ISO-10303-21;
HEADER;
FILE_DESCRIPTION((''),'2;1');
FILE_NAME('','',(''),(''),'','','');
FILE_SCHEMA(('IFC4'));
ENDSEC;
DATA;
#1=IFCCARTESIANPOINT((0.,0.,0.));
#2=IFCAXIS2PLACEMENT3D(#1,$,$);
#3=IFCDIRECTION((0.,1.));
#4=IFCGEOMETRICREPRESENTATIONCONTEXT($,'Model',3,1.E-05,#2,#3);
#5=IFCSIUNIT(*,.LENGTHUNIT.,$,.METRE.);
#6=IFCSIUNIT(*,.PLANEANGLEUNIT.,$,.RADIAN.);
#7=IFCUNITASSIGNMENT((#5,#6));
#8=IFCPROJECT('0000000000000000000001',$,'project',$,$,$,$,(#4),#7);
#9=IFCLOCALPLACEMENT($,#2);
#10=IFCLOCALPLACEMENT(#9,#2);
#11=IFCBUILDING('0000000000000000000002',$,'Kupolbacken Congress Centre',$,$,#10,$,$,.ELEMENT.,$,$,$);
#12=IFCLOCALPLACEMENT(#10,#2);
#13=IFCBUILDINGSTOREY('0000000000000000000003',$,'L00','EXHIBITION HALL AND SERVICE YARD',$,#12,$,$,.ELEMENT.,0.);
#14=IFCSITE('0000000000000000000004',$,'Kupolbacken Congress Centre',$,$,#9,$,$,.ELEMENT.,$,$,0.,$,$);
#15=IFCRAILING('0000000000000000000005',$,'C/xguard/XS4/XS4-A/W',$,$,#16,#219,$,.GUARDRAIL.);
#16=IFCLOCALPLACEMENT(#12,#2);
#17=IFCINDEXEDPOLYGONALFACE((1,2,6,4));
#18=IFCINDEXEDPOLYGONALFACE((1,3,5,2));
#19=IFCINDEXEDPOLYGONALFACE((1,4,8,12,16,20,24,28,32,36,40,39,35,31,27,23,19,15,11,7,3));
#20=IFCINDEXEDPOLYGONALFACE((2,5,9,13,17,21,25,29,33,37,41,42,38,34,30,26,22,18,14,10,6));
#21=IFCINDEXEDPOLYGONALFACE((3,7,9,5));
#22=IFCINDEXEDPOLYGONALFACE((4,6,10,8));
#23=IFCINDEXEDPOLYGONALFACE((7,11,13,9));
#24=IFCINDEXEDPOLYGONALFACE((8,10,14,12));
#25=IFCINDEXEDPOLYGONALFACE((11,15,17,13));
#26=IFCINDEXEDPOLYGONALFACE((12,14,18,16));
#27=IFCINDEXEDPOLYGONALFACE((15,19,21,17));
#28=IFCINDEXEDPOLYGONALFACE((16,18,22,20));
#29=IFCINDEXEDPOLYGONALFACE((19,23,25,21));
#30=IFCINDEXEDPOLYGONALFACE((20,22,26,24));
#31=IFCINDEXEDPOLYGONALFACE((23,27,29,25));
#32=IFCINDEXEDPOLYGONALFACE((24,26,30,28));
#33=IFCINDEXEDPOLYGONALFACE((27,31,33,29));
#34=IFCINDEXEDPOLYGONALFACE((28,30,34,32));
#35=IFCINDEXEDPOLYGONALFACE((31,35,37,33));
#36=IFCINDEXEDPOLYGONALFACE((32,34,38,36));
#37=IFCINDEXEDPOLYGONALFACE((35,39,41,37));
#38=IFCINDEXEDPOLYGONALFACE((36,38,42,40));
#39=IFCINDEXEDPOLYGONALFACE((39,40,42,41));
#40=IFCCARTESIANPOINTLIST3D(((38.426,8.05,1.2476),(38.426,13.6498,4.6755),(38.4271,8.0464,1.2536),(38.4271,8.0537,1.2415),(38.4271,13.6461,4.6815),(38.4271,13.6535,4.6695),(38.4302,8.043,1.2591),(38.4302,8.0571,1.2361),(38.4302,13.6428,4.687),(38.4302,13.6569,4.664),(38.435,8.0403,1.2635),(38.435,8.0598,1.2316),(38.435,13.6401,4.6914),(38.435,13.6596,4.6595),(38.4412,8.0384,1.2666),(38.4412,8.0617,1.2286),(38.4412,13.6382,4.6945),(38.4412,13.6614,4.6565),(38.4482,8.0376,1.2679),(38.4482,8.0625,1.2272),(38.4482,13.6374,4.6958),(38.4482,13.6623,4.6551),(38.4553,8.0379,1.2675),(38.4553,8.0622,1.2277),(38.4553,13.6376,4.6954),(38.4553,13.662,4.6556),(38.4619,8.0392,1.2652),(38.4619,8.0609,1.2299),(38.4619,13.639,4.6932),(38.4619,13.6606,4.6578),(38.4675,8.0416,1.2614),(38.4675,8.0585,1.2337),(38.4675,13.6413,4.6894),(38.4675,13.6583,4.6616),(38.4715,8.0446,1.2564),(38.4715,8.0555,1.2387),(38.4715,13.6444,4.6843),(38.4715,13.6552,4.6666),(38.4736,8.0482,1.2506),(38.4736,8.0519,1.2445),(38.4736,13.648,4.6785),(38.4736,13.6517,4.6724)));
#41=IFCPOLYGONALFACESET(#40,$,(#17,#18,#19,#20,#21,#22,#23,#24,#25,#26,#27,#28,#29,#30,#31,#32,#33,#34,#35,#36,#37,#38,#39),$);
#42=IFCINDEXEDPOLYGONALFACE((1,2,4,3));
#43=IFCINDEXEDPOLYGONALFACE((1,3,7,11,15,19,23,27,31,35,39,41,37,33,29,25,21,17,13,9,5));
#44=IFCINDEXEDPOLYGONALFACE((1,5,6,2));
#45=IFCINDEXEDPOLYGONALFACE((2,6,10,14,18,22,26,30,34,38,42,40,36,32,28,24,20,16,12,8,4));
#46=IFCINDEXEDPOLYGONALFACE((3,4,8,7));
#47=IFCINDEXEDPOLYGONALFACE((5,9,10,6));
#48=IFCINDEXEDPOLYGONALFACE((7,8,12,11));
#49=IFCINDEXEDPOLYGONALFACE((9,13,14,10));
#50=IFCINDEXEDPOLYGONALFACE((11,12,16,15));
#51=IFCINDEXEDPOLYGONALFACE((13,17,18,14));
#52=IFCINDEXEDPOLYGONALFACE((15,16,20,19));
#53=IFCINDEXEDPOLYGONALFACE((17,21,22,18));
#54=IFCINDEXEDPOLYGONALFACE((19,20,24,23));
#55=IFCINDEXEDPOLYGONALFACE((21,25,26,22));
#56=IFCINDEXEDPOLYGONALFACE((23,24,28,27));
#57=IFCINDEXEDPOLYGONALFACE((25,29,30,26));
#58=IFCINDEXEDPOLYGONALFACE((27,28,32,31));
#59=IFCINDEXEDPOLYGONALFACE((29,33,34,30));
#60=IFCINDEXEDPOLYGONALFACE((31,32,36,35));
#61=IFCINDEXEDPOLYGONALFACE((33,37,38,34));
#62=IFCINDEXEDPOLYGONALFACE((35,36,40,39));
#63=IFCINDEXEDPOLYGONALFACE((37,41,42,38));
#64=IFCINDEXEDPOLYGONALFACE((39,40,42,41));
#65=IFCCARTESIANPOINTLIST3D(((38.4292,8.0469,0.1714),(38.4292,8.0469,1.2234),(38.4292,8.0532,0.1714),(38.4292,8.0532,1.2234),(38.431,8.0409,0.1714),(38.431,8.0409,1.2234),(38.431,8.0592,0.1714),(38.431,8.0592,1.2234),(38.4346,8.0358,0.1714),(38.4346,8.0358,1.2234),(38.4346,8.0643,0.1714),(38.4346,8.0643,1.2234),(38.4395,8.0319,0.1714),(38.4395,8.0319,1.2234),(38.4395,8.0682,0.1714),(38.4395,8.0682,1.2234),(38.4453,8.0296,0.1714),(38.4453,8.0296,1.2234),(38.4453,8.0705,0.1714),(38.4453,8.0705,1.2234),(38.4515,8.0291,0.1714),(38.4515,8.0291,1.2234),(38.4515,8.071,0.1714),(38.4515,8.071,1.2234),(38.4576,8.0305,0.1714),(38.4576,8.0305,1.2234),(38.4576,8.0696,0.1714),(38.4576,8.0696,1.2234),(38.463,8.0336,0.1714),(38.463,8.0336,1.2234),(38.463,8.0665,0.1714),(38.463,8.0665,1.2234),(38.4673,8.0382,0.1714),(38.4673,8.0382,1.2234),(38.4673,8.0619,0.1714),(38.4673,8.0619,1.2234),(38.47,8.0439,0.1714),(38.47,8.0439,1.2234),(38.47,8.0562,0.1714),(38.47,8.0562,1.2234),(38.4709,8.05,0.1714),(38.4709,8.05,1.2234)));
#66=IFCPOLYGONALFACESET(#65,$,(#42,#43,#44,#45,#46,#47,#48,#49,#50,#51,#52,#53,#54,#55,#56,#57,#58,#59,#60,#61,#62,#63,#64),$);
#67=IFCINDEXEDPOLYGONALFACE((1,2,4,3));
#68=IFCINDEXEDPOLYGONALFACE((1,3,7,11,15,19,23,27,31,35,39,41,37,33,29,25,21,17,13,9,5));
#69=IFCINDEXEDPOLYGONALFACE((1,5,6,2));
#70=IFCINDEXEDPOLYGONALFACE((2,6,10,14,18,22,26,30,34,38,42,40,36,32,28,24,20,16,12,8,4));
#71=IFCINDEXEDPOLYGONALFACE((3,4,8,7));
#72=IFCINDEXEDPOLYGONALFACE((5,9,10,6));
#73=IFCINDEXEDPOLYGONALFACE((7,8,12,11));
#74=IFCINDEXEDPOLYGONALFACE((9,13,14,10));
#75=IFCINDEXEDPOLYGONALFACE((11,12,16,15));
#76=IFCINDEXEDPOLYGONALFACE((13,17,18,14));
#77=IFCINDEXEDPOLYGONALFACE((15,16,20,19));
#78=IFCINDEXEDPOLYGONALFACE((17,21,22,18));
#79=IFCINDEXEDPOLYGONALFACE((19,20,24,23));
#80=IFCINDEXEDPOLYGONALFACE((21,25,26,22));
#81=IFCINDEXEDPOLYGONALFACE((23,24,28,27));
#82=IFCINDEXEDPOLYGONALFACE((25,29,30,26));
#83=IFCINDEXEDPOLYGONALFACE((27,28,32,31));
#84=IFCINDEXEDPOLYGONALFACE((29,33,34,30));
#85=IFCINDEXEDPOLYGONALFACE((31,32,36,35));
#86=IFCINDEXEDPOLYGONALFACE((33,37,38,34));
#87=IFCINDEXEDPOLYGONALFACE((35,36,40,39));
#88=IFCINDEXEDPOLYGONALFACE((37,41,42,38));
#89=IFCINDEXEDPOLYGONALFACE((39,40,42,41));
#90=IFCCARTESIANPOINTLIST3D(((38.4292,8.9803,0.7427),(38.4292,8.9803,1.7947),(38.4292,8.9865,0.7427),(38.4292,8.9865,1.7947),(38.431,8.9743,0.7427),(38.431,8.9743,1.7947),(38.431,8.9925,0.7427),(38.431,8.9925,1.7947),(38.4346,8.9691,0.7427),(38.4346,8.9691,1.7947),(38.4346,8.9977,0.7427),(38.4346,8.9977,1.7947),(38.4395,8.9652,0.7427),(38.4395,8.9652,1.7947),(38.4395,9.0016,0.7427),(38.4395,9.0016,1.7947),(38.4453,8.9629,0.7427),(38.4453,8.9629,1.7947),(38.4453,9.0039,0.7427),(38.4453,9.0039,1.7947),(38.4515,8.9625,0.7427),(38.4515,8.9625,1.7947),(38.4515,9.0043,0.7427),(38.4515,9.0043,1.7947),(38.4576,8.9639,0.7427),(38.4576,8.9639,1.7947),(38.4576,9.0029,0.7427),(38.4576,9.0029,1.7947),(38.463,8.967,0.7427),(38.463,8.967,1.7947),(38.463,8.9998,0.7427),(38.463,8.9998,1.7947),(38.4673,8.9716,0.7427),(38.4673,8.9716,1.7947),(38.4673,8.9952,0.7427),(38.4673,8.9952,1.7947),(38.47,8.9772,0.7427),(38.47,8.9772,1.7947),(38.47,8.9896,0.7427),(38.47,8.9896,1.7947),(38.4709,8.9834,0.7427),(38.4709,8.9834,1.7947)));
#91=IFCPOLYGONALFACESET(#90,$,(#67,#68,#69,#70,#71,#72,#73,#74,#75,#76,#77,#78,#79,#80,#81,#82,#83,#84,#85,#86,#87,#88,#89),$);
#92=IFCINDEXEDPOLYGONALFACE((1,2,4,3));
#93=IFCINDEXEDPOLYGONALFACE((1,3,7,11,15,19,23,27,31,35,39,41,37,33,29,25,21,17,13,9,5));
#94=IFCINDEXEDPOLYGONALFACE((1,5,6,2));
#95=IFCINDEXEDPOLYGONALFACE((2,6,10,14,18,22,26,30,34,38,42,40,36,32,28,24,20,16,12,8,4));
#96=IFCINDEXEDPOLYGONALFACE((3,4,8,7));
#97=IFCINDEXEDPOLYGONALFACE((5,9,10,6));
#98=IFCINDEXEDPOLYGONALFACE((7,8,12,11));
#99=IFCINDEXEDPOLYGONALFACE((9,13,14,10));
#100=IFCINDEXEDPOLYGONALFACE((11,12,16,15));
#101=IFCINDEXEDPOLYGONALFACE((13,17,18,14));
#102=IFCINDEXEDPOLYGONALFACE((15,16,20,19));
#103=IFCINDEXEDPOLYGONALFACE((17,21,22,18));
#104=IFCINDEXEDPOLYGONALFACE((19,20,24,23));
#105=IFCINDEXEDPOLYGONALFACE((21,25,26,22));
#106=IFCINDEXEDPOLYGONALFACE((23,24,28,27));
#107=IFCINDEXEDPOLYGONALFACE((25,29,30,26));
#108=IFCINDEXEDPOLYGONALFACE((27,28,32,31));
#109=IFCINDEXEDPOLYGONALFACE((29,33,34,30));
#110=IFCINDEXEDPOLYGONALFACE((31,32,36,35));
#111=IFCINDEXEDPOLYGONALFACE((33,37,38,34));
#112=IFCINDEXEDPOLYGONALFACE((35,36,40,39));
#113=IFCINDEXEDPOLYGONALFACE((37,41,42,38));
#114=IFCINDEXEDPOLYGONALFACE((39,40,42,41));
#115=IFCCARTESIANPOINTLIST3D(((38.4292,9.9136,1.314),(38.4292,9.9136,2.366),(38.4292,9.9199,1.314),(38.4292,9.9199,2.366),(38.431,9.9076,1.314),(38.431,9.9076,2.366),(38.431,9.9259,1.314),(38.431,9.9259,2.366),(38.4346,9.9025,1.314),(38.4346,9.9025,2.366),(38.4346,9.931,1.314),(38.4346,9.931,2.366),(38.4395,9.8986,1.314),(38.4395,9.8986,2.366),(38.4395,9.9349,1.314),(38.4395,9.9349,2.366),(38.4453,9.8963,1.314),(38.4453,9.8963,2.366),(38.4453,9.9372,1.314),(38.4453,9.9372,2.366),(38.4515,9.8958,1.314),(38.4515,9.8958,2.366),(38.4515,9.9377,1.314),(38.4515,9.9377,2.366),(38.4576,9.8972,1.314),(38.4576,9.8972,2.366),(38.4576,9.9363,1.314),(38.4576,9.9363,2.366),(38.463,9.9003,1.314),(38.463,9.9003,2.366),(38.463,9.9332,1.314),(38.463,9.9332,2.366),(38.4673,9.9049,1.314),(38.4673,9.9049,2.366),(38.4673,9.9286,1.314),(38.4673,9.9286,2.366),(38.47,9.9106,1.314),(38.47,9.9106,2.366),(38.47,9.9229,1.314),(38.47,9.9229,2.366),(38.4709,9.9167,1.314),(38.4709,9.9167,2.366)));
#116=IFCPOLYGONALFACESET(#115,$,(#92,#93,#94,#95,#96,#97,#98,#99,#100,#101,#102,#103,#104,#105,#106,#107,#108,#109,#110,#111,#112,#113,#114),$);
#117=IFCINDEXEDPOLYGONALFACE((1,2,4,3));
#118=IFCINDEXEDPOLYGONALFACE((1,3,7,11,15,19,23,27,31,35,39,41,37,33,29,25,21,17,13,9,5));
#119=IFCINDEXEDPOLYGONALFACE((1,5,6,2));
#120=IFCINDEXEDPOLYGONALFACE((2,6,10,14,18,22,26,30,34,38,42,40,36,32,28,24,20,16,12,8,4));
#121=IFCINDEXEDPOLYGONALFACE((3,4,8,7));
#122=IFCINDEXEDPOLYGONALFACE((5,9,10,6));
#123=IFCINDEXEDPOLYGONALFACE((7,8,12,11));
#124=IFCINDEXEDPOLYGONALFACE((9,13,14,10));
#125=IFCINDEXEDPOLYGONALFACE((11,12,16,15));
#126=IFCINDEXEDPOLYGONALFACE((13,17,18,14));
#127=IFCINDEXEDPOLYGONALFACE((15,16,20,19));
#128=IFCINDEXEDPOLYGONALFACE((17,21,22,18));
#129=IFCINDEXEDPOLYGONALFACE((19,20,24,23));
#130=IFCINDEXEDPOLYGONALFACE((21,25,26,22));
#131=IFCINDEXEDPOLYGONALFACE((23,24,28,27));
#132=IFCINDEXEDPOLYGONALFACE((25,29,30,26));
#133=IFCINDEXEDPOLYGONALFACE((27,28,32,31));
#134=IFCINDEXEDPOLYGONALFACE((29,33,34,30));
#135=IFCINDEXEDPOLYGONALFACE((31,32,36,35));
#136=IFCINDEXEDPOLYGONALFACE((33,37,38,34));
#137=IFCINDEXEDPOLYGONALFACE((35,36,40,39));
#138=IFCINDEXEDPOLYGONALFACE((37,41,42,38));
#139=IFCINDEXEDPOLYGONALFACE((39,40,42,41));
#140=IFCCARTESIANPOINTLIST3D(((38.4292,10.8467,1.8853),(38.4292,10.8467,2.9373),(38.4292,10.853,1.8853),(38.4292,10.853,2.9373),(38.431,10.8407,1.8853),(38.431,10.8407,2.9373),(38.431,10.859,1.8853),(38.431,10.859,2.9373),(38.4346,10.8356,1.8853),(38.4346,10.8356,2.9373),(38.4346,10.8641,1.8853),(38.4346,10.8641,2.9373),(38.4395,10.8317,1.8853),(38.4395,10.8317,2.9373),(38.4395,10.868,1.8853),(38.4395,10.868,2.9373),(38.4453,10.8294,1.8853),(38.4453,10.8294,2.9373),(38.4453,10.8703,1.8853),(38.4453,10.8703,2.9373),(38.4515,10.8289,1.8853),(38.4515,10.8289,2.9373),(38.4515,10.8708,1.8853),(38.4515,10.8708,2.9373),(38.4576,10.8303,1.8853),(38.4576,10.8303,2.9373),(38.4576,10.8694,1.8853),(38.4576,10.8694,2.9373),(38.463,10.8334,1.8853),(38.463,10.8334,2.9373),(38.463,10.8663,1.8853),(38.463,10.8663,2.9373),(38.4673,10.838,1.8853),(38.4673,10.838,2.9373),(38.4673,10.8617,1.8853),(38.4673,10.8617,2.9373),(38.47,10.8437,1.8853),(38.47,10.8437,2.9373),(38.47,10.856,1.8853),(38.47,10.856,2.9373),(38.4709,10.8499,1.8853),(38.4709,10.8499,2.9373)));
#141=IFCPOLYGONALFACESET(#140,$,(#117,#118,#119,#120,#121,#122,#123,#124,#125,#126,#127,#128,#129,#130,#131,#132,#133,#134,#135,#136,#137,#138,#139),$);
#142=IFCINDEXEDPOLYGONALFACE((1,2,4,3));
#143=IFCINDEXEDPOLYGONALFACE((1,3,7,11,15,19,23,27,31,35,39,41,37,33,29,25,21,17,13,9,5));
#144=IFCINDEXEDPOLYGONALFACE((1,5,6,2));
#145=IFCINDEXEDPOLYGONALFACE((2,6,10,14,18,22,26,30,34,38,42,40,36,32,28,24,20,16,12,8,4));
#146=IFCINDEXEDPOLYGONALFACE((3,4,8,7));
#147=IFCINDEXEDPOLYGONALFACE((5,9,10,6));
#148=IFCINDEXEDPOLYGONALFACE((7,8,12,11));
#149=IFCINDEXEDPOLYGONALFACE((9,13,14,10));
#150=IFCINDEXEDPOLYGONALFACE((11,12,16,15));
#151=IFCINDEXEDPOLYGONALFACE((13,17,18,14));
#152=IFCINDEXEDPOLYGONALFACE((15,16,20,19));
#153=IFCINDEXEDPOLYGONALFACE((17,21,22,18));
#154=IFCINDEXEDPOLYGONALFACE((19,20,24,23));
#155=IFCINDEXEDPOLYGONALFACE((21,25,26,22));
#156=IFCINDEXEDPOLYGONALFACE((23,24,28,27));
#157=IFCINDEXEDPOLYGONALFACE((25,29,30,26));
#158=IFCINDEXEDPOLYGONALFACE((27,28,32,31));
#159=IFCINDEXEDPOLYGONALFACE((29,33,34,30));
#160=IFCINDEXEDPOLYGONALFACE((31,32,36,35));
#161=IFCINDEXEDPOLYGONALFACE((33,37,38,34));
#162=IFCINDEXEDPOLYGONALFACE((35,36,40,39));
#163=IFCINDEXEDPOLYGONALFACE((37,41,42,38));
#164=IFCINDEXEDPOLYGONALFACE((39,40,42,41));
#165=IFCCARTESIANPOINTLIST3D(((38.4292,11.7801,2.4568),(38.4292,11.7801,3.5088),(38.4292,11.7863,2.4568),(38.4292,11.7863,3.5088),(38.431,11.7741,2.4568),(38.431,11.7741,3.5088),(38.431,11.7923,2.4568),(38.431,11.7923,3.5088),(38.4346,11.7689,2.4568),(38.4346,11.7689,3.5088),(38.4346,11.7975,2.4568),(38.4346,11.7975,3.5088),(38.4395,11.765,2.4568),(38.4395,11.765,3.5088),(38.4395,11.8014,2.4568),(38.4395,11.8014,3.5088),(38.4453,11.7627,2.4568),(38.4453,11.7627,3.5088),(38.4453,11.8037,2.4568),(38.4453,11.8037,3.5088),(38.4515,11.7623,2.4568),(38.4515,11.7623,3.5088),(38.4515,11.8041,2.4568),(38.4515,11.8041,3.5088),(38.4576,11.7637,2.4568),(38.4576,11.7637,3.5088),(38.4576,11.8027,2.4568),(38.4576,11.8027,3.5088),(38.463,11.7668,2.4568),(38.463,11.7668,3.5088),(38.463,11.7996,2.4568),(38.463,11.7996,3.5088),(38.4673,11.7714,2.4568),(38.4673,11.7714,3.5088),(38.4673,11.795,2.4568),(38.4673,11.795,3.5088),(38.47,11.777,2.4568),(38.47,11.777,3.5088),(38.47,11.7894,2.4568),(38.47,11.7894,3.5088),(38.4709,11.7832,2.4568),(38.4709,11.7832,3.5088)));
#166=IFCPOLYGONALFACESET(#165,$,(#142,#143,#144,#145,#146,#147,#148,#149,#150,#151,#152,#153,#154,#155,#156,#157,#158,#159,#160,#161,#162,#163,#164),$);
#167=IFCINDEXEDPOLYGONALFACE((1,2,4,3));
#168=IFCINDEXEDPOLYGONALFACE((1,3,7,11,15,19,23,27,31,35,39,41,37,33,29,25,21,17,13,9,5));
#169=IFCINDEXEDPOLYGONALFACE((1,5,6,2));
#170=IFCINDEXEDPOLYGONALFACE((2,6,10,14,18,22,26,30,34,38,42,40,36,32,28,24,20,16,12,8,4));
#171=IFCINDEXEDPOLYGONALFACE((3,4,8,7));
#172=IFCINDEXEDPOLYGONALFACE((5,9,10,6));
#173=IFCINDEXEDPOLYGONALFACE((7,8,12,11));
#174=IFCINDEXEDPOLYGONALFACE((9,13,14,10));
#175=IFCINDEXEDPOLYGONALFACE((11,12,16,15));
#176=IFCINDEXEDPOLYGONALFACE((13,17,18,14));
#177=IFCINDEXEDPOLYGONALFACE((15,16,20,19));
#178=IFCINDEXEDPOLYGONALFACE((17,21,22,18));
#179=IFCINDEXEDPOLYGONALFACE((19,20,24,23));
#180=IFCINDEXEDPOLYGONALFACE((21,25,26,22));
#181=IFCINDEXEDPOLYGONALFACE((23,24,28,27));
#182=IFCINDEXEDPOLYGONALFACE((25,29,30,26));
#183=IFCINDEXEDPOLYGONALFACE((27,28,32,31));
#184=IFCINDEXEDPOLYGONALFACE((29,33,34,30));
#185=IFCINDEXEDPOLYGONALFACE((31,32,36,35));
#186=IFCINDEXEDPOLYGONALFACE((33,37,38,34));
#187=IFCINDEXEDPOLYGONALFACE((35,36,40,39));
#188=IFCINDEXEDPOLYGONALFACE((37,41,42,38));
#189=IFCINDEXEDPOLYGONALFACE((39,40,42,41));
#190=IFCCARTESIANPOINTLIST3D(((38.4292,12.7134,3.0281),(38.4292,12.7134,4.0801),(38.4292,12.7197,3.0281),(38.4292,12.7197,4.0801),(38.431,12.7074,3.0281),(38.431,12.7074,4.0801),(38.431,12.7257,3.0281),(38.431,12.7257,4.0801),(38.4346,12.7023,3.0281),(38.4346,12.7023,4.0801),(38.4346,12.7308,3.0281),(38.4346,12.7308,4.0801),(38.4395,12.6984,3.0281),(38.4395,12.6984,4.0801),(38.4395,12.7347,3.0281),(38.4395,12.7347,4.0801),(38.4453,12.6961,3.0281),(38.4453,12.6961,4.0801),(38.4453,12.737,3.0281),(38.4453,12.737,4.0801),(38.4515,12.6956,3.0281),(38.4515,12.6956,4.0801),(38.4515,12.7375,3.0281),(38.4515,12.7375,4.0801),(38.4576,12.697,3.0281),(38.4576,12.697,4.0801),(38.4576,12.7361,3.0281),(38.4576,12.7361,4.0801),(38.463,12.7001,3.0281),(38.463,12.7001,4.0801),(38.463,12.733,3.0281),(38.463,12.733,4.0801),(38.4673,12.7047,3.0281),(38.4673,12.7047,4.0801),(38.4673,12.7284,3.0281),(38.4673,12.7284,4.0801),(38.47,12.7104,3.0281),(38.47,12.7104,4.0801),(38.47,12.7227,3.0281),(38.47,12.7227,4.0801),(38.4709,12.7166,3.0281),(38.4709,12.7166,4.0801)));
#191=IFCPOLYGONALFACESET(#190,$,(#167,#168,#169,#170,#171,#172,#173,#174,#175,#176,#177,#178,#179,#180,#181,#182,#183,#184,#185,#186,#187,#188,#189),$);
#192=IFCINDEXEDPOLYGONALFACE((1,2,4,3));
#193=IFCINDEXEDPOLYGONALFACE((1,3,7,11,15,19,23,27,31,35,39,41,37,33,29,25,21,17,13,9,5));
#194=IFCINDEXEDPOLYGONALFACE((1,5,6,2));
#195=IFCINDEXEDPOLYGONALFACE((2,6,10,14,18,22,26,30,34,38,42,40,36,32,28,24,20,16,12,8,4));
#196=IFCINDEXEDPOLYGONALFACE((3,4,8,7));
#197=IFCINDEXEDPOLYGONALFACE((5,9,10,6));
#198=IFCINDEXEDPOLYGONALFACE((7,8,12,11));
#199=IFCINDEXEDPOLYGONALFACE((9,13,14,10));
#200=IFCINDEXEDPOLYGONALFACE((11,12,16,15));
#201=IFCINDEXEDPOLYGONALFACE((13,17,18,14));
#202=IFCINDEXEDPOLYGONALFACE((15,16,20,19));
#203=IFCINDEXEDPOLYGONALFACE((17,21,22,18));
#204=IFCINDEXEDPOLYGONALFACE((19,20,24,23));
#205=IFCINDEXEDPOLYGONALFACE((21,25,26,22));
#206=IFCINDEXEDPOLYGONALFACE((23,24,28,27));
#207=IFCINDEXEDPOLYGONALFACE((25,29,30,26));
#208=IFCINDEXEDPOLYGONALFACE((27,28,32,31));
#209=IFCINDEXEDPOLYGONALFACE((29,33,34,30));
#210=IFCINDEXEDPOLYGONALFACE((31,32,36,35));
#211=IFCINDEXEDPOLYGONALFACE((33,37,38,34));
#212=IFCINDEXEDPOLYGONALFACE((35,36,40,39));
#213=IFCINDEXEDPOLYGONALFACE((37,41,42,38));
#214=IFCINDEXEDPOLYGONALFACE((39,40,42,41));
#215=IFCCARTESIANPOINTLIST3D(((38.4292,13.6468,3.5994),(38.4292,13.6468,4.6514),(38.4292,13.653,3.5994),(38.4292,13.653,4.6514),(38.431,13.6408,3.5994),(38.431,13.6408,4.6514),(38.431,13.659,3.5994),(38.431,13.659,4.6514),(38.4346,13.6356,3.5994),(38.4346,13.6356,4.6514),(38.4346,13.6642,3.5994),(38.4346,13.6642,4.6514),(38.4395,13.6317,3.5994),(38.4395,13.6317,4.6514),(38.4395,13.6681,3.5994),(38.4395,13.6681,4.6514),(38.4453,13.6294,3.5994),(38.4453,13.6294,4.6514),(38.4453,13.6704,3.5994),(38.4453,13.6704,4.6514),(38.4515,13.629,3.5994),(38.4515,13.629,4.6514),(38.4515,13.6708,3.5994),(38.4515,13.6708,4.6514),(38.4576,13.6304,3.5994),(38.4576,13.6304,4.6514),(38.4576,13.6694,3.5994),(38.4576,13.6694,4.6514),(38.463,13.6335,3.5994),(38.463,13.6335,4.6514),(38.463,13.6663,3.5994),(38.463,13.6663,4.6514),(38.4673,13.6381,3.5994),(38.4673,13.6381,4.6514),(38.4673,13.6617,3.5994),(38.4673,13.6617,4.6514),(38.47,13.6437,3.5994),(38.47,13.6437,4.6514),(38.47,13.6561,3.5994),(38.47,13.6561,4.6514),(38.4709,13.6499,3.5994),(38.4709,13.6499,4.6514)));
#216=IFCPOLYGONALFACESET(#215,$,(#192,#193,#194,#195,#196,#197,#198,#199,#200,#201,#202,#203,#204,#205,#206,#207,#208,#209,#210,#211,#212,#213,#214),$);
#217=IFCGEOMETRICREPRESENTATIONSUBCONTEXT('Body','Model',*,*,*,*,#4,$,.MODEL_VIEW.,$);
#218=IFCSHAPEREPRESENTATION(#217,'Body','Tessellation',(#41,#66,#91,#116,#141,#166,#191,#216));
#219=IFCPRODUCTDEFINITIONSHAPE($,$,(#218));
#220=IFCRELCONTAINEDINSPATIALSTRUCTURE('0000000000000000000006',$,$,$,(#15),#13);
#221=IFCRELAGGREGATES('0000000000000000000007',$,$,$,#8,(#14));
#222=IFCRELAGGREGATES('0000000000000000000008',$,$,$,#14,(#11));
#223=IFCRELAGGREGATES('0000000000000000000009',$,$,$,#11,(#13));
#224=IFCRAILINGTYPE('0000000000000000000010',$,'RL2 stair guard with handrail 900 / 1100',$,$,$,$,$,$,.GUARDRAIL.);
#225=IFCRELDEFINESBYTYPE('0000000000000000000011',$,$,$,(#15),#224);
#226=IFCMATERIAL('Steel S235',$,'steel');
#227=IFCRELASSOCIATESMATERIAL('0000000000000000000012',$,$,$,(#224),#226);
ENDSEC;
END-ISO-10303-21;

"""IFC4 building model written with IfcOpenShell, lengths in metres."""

from ifc_helpers import new_model, si_unit, direction, frame, origin, origin_2d, place, context, subcontext, project, spatial, circle, extrude, material, type_object, element, save


model = new_model("IFC4")

# Units and contexts
model_context = context("Model", 3, precision=1e-05, world=origin(), true_north=direction((0.0, 1.0)))
body_context = subcontext(model_context, "Body", "Model", "MODEL_VIEW")
ifc_project = project(units=[si_unit("LENGTHUNIT", "METRE"), si_unit("PLANEANGLEUNIT", "RADIAN")], contexts=[model_context])

# Site, building, storey
site_placement = place(None, origin())
site = spatial("IfcSite", under=ifc_project, at=site_placement, Name="Kupolbacken Congress Centre", CompositionType="ELEMENT", RefElevation=0.0)
building_placement = place(site_placement, origin())
building = spatial("IfcBuilding", under=site, at=building_placement, Name="Kupolbacken Congress Centre", CompositionType="ELEMENT")
storey_placement = place(building_placement, origin())
storey = spatial("IfcBuildingStorey", under=building, at=storey_placement, Name="L00", Description="EXHIBITION HALL AND SERVICE YARD", CompositionType="ELEMENT", Elevation=0.0)

# Railing
ifc_material_1 = material(Name="Steel S235", Category="steel")
railing_type = type_object("IfcRailingType", Name="RL2 stair guard with handrail 900 / 1100", PredefinedType="GUARDRAIL", material=ifc_material_1)
for number, where, name in (
    (1, (38.45, 8.05, 0.1714), "C/xguard/XS4/XS4-A/W"),
):
    element("IfcRailing", number, at=place(storey_placement, frame(where)), inside=storey, type_object=railing_type, Name=name, PredefinedType="GUARDRAIL", context=body_context, shape_type="SweptSolid", body=[
        extrude(circle(Radius=0.0239, at=origin_2d()), frame((0.0, 0.0, 1.0762), z_axis=(0.0, 0.852885, 0.522098), x_axis=(-1.0, 0.0, 0.0)), (0.0, 0.0, 1.0), 6.5657),
        extrude(circle(Radius=0.021, at=origin_2d()), origin(), (0.0, 0.0, 1.0), 1.052),
        extrude(circle(Radius=0.021, at=origin_2d()), frame((0.0, 0.9333, 0.5713)), (0.0, 0.0, 1.0), 1.052),
        extrude(circle(Radius=0.021, at=origin_2d()), frame((0.0, 1.8667, 1.1426)), (0.0, 0.0, 1.0), 1.052),
        extrude(circle(Radius=0.021, at=origin_2d()), frame((0.0, 2.7998, 1.7139)), (0.0, 0.0, 1.0), 1.052),
        extrude(circle(Radius=0.021, at=origin_2d()), frame((0.0, 3.7332, 2.2854)), (0.0, 0.0, 1.0), 1.052),
        extrude(circle(Radius=0.021, at=origin_2d()), frame((0.0, 4.6665, 2.8567)), (0.0, 0.0, 1.0), 1.052),
        extrude(circle(Radius=0.021, at=origin_2d()), frame((0.0, 5.5999, 3.428)), (0.0, 0.0, 1.0), 1.052),
    ])

save(model, "model.ifc")
